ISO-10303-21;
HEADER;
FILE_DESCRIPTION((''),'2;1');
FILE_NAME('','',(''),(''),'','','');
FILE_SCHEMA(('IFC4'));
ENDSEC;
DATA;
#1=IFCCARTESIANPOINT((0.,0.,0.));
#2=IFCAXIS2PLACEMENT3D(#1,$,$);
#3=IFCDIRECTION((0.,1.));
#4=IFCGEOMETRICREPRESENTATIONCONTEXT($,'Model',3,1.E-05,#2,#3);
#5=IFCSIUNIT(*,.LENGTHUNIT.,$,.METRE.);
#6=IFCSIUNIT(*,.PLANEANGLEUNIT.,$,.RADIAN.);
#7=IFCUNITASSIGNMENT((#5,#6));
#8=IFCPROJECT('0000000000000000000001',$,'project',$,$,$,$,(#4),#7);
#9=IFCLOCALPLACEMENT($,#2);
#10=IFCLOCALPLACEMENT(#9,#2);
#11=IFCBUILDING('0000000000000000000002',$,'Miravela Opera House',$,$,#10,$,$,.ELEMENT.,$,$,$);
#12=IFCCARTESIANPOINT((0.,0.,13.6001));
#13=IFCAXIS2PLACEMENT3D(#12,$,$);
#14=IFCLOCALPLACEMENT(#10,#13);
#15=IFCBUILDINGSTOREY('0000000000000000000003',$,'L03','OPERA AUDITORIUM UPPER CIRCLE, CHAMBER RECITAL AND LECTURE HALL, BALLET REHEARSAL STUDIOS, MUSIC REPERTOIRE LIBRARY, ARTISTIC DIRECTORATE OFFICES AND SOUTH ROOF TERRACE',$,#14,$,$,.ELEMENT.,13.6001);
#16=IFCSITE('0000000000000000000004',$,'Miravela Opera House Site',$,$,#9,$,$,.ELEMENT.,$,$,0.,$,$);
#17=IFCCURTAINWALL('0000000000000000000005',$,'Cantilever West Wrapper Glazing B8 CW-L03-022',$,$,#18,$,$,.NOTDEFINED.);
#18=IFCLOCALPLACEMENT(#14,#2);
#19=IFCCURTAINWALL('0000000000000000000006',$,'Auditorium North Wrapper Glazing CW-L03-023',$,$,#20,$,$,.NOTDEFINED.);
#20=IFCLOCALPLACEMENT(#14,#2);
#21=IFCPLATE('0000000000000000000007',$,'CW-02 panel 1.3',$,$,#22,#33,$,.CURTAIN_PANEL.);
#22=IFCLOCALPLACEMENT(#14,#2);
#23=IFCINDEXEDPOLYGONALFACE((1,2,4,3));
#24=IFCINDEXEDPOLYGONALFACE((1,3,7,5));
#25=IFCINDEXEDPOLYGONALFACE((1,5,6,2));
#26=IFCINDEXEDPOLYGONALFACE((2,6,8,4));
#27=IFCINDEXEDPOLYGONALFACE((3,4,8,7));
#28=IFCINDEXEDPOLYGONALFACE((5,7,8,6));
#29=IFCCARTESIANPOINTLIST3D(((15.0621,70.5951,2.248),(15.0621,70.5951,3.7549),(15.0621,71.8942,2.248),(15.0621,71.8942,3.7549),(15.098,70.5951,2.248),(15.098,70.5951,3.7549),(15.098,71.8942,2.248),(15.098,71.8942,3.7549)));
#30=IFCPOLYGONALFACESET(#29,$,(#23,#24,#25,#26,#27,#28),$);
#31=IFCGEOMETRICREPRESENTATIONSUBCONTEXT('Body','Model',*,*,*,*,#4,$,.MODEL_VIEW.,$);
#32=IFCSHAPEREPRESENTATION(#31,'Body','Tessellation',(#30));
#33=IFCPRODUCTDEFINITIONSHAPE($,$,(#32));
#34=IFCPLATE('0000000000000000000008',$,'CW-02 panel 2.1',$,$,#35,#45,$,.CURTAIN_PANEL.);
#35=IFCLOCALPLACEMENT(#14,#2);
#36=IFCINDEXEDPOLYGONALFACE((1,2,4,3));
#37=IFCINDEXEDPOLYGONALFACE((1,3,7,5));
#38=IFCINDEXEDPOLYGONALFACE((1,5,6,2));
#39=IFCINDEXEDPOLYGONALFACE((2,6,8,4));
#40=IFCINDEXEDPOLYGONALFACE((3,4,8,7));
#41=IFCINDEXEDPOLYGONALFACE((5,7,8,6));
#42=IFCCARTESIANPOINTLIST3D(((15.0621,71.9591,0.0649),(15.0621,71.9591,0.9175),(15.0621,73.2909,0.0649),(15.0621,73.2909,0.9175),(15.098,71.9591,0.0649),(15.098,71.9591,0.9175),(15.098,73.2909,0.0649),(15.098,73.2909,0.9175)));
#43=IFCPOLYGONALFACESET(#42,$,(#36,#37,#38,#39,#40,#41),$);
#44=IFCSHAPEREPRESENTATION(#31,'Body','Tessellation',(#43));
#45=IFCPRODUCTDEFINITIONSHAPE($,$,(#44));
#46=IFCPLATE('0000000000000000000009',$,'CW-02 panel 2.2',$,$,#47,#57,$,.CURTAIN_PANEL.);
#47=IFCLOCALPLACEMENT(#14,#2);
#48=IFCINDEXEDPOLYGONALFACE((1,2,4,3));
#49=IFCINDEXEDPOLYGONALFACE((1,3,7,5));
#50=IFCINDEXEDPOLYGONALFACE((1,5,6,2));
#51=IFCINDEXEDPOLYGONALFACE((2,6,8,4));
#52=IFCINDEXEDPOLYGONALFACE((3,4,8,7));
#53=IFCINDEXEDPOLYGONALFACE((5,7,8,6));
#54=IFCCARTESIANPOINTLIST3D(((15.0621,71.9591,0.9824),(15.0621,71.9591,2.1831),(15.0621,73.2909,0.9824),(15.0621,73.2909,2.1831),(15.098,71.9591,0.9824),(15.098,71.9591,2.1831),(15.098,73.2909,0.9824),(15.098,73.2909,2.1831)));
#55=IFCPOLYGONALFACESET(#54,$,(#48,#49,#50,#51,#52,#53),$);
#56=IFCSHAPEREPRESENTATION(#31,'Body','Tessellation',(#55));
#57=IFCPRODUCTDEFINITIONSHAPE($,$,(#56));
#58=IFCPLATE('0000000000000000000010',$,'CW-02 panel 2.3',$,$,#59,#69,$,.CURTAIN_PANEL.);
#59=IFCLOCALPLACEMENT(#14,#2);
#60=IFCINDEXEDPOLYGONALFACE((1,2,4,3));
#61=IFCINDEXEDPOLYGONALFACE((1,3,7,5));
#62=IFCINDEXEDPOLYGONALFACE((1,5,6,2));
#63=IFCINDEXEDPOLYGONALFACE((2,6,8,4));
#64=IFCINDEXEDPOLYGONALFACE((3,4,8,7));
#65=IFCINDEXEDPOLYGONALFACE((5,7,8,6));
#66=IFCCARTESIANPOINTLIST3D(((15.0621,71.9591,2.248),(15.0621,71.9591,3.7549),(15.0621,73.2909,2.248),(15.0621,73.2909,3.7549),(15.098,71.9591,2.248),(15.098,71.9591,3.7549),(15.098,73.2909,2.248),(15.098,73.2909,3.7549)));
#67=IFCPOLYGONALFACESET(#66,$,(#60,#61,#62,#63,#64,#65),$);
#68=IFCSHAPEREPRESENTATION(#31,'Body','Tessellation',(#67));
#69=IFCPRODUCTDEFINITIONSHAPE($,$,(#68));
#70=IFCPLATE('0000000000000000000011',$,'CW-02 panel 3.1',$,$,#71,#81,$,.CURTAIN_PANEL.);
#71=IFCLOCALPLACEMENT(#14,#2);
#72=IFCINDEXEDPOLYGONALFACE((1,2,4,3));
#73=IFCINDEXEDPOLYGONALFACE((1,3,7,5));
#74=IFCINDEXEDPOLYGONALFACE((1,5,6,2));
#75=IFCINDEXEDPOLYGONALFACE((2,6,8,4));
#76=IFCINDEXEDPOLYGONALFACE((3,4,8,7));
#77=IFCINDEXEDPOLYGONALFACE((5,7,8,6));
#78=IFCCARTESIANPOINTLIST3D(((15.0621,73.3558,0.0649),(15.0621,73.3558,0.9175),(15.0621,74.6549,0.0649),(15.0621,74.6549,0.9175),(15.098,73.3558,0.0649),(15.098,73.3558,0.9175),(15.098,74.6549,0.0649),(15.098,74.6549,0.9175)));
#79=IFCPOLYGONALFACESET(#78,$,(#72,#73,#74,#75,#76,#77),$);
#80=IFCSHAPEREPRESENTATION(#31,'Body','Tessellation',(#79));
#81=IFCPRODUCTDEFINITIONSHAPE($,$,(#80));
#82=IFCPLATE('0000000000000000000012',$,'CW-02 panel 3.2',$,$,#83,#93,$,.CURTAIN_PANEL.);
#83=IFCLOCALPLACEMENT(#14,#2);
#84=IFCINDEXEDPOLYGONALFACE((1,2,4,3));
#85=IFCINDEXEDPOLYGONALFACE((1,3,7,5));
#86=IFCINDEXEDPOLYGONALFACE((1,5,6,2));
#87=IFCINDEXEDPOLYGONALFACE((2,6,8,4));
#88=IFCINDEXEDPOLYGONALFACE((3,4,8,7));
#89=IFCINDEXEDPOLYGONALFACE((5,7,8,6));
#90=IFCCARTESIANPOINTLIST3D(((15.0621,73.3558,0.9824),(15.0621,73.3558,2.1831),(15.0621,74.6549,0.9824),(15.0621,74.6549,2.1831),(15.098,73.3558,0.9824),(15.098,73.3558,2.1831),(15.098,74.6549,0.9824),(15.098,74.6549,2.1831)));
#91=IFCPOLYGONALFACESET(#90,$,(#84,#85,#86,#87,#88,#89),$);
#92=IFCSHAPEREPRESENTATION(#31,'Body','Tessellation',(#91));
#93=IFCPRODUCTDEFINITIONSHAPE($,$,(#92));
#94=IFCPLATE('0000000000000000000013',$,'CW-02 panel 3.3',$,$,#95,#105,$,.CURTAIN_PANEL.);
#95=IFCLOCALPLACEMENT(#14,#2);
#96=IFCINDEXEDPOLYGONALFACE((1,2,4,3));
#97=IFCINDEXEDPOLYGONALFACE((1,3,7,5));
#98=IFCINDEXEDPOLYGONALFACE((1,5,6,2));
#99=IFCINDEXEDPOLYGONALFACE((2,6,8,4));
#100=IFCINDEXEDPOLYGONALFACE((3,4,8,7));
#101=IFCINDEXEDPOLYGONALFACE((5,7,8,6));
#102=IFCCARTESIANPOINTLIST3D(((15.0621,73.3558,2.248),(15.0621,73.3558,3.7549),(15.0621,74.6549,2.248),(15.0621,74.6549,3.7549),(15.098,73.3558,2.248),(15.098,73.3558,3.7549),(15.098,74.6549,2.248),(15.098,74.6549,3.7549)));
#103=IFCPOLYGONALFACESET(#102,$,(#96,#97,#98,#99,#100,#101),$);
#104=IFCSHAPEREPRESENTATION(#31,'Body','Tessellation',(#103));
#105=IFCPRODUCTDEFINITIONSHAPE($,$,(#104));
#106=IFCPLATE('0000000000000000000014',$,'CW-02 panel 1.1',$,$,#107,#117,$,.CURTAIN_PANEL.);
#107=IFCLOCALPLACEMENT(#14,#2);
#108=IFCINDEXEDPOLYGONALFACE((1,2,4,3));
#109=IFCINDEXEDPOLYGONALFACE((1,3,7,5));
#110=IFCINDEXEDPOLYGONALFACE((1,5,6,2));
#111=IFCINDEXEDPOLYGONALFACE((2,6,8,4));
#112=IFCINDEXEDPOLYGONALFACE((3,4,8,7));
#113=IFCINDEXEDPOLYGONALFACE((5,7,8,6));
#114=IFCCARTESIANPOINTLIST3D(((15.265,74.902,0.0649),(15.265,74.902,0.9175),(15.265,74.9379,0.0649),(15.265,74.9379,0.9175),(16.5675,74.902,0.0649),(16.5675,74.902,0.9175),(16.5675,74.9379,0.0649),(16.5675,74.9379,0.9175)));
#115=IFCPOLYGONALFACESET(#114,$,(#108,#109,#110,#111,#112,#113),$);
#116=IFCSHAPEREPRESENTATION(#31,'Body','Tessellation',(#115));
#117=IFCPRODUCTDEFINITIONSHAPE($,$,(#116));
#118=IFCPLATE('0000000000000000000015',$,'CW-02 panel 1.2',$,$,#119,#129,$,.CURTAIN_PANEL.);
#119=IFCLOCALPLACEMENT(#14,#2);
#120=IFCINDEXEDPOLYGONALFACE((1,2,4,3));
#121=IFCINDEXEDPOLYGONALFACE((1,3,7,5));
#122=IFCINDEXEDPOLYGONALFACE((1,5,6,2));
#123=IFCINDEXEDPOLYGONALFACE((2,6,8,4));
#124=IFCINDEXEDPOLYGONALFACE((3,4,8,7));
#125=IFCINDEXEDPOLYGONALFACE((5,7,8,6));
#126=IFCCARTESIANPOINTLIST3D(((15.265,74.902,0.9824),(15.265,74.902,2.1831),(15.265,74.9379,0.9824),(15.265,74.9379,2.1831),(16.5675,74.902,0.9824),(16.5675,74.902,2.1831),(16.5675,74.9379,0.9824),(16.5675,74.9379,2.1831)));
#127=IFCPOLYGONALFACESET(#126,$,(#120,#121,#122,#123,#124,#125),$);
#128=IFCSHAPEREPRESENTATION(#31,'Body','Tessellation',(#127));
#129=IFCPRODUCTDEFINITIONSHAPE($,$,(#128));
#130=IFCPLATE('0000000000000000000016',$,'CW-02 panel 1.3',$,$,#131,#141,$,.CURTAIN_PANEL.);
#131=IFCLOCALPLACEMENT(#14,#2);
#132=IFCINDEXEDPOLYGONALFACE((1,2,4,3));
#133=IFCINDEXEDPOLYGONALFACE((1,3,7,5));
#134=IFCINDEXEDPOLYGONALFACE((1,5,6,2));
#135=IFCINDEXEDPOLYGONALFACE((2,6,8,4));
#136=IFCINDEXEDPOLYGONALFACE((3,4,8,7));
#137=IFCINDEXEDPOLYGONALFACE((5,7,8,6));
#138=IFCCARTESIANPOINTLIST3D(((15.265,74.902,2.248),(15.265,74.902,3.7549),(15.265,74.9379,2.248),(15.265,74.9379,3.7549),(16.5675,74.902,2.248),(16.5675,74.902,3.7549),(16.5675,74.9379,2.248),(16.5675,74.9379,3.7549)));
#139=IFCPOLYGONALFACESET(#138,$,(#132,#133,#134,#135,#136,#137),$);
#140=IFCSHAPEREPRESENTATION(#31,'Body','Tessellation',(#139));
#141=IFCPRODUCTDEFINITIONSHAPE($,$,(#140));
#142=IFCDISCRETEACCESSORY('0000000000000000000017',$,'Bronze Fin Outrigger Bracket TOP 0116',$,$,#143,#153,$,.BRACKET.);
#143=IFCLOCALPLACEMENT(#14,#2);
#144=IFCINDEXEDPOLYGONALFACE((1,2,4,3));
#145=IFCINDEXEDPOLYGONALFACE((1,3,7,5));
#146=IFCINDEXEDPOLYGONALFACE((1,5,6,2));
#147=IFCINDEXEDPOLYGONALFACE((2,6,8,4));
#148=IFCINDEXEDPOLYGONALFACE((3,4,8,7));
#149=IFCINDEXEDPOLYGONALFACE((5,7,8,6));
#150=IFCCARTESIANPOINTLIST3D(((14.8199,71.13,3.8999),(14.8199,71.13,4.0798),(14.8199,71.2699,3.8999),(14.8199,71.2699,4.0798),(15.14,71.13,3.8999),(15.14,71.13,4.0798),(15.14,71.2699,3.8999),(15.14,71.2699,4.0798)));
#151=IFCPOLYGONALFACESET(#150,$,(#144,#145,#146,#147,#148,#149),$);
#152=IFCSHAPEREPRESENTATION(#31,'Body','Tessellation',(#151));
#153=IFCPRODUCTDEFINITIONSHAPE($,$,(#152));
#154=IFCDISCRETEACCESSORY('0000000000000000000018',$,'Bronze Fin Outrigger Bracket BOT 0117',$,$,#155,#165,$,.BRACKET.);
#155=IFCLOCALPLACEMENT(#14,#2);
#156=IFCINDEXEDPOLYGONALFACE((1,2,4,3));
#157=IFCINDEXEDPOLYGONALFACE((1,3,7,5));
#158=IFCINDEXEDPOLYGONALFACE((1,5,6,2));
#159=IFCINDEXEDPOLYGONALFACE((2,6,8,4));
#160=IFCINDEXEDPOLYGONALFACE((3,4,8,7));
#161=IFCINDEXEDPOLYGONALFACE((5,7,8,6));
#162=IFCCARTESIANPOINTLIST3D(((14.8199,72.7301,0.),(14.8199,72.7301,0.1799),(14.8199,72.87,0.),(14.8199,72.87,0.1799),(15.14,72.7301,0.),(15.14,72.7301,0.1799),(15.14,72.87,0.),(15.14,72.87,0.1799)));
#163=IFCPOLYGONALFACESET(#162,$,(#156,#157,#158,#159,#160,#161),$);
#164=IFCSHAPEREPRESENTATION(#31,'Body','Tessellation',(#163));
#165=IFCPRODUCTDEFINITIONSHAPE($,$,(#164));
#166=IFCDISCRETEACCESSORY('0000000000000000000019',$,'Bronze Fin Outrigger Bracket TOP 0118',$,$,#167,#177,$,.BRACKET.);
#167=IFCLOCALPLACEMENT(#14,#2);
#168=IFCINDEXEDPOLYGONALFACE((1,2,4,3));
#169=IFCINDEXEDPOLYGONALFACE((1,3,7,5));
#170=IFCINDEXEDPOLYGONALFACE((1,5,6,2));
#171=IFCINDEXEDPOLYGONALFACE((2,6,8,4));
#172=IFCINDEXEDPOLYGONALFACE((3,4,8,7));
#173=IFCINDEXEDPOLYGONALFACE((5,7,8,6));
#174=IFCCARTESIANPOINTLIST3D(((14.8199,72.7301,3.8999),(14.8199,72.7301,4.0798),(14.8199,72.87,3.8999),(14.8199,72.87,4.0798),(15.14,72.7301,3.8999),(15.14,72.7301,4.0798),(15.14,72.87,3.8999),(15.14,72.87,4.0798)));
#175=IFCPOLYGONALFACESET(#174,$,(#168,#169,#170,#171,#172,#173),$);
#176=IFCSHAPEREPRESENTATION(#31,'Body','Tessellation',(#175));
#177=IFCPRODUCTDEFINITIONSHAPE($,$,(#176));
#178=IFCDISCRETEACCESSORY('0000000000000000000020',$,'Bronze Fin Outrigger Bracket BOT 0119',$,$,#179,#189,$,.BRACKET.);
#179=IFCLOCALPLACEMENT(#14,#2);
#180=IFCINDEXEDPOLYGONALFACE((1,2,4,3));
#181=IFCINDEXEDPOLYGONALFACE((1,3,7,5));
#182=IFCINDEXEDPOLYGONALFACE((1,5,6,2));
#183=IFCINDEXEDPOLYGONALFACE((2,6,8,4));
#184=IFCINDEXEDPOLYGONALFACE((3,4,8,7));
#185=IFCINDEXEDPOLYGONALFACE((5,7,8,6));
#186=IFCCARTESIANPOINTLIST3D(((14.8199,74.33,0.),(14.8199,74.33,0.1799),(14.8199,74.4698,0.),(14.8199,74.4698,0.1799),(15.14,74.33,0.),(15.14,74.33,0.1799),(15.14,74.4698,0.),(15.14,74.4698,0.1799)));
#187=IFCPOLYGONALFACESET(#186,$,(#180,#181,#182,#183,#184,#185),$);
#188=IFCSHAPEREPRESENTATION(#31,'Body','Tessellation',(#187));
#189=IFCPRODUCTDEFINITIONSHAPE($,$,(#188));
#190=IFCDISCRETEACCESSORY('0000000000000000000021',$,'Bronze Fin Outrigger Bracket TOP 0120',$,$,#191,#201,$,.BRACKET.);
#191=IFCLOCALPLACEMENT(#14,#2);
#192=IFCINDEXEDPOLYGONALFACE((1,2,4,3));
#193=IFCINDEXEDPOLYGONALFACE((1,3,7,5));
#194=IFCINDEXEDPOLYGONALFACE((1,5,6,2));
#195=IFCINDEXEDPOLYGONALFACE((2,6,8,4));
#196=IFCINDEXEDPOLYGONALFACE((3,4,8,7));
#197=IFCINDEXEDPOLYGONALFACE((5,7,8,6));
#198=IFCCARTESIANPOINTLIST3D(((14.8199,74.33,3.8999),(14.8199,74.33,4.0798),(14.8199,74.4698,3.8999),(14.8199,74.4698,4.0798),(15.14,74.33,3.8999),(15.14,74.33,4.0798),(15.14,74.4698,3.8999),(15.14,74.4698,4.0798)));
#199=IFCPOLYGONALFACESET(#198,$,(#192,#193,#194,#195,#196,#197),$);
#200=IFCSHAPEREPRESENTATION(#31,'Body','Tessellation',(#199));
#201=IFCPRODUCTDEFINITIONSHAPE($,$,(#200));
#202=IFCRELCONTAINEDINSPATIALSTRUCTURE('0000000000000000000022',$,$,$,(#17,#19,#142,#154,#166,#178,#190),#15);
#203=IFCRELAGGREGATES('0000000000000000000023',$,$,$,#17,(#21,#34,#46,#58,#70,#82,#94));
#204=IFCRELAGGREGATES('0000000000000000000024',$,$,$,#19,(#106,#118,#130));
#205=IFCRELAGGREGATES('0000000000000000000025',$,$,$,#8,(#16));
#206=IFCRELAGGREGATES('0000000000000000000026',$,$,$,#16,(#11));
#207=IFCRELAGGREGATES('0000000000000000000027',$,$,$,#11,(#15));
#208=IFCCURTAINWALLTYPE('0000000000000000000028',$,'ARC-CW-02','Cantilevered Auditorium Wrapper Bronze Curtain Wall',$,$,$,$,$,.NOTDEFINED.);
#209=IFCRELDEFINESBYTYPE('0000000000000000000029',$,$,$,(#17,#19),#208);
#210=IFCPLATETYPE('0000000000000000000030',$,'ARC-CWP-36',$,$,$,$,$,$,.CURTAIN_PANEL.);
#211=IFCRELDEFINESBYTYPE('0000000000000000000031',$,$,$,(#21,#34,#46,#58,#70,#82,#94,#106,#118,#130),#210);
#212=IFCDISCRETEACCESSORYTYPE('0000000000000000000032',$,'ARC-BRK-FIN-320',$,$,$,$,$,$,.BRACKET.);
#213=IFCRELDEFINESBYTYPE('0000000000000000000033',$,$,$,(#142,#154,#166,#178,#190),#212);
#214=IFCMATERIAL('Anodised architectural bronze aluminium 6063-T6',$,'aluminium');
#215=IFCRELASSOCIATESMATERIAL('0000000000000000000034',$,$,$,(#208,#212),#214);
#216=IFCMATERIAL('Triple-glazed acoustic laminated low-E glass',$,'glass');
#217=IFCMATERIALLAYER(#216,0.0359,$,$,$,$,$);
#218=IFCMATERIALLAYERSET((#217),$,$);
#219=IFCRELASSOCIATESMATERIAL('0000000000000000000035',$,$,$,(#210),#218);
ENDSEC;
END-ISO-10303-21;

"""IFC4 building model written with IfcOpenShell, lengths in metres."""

from ifc_helpers import new_model, si_unit, direction, frame, origin, origin_2d, place, context, subcontext, project, spatial, rectangle, extrude, material, layer, layer_set, type_object, element, aggregate, save


model = new_model("IFC4")

# Units and contexts
model_context = context("Model", 3, precision=1e-05, world=origin(), true_north=direction((0.0, 1.0)))
body_context = subcontext(model_context, "Body", "Model", "MODEL_VIEW")
ifc_project = project(units=[si_unit("LENGTHUNIT", "METRE"), si_unit("PLANEANGLEUNIT", "RADIAN")], contexts=[model_context])

# Site, building, storey
site_placement = place(None, origin())
site = spatial("IfcSite", under=ifc_project, at=site_placement, Name="Miravela Opera House Site", CompositionType="ELEMENT", RefElevation=0.0)
building_placement = place(site_placement, origin())
building = spatial("IfcBuilding", under=site, at=building_placement, Name="Miravela Opera House", CompositionType="ELEMENT")
storey_placement = place(building_placement, frame((0.0, 0.0, 13.6001)))
storey = spatial("IfcBuildingStorey", under=building, at=storey_placement, Name="L03", Description="OPERA AUDITORIUM UPPER CIRCLE, CHAMBER RECITAL AND LECTURE HALL, BALLET REHEARSAL STUDIOS, MUSIC REPERTOIRE LIBRARY, ARTISTIC DIRECTORATE OFFICES AND SOUTH ROOF TERRACE", CompositionType="ELEMENT", Elevation=13.6001)

# Curtain walls
ifc_material_1 = material(Name="Anodised architectural bronze aluminium 6063-T6", Category="aluminium")
curtain_wall_type = type_object("IfcCurtainWallType", Name="ARC-CW-02", Description="Cantilevered Auditorium Wrapper Bronze Curtain Wall", PredefinedType="NOTDEFINED", material=ifc_material_1)
curtain_wall_1_placement = place(storey_placement, origin())
curtain_wall_1 = element("IfcCurtainWall", 1, at=curtain_wall_1_placement, inside=storey, type_object=curtain_wall_type, Name="Cantilever West Wrapper Glazing B8 CW-L03-022", PredefinedType="NOTDEFINED")
curtain_wall_2_placement = place(storey_placement, origin())
curtain_wall_2 = element("IfcCurtainWall", 2, at=curtain_wall_2_placement, inside=storey, type_object=curtain_wall_type, Name="Auditorium North Wrapper Glazing CW-L03-023", PredefinedType="NOTDEFINED")

# Plates
ifc_material_2 = material(Name="Triple-glazed acoustic laminated low-E glass", Category="glass")
ifc_layer = layer(ifc_material_2, 0.0359)
ifc_layer_set = layer_set([ifc_layer])
plate_type = type_object("IfcPlateType", Name="ARC-CWP-36", PredefinedType="CURTAIN_PANEL", material=ifc_layer_set)
plate_1_placement = place(storey_placement, frame((15.0801, 71.2446, 2.248), z_axis=(0.0, 0.0, 1.0), x_axis=(0.0, 1.0, 0.0)))
plate_1 = element("IfcPlate", 3, at=plate_1_placement, type_object=plate_type, Name="CW-02 panel 1.3", PredefinedType="CURTAIN_PANEL", context=body_context, shape_type="SweptSolid", body=[
    extrude(rectangle(XDim=1.2991, YDim=0.0359, at=origin_2d()), origin(), (0.0, 0.0, 1.0), 1.5068),
])
plate_2_placement = place(storey_placement, frame((15.0801, 72.625, 0.0649), z_axis=(0.0, 0.0, 1.0), x_axis=(0.0, 1.0, 0.0)))
plate_2 = element("IfcPlate", 4, at=plate_2_placement, type_object=plate_type, Name="CW-02 panel 2.1", PredefinedType="CURTAIN_PANEL", context=body_context, shape_type="SweptSolid", body=[
    extrude(rectangle(XDim=1.3318, YDim=0.0359, at=origin_2d()), origin(), (0.0, 0.0, 1.0), 0.8525),
])
plate_3_placement = place(storey_placement, frame((15.0801, 72.625, 0.9824), z_axis=(0.0, 0.0, 1.0), x_axis=(0.0, 1.0, 0.0)))
plate_3 = element("IfcPlate", 5, at=plate_3_placement, type_object=plate_type, Name="CW-02 panel 2.2", PredefinedType="CURTAIN_PANEL", context=body_context, shape_type="SweptSolid", body=[
    extrude(rectangle(XDim=1.3318, YDim=0.0359, at=origin_2d()), origin(), (0.0, 0.0, 1.0), 1.2007),
])
plate_4_placement = place(storey_placement, frame((15.0801, 72.625, 2.248), z_axis=(0.0, 0.0, 1.0), x_axis=(0.0, 1.0, 0.0)))
plate_4 = element("IfcPlate", 6, at=plate_4_placement, type_object=plate_type, Name="CW-02 panel 2.3", PredefinedType="CURTAIN_PANEL", context=body_context, shape_type="SweptSolid", body=[
    extrude(rectangle(XDim=1.3318, YDim=0.0359, at=origin_2d()), origin(), (0.0, 0.0, 1.0), 1.5068),
])
plate_5_placement = place(storey_placement, frame((15.0801, 74.0054, 0.0649), z_axis=(0.0, 0.0, 1.0), x_axis=(0.0, 1.0, 0.0)))
plate_5 = element("IfcPlate", 7, at=plate_5_placement, type_object=plate_type, Name="CW-02 panel 3.1", PredefinedType="CURTAIN_PANEL", context=body_context, shape_type="SweptSolid", body=[
    extrude(rectangle(XDim=1.2991, YDim=0.0359, at=origin_2d()), origin(), (0.0, 0.0, 1.0), 0.8525),
])
plate_6_placement = place(storey_placement, frame((15.0801, 74.0054, 0.9824), z_axis=(0.0, 0.0, 1.0), x_axis=(0.0, 1.0, 0.0)))
plate_6 = element("IfcPlate", 8, at=plate_6_placement, type_object=plate_type, Name="CW-02 panel 3.2", PredefinedType="CURTAIN_PANEL", context=body_context, shape_type="SweptSolid", body=[
    extrude(rectangle(XDim=1.2991, YDim=0.0359, at=origin_2d()), origin(), (0.0, 0.0, 1.0), 1.2007),
])
plate_7_placement = place(storey_placement, frame((15.0801, 74.0054, 2.248), z_axis=(0.0, 0.0, 1.0), x_axis=(0.0, 1.0, 0.0)))
plate_7 = element("IfcPlate", 9, at=plate_7_placement, type_object=plate_type, Name="CW-02 panel 3.3", PredefinedType="CURTAIN_PANEL", context=body_context, shape_type="SweptSolid", body=[
    extrude(rectangle(XDim=1.2991, YDim=0.0359, at=origin_2d()), origin(), (0.0, 0.0, 1.0), 1.5068),
])
aggregate(curtain_wall_1, [plate_1, plate_2, plate_3, plate_4, plate_5, plate_6, plate_7])
plate_8_placement = place(storey_placement, frame((15.9163, 74.9199, 0.0649), z_axis=(0.0, 0.0, 1.0), x_axis=(1.0, 0.0, 0.0)))
plate_8 = element("IfcPlate", 10, at=plate_8_placement, type_object=plate_type, Name="CW-02 panel 1.1", PredefinedType="CURTAIN_PANEL", context=body_context, shape_type="SweptSolid", body=[
    extrude(rectangle(XDim=1.3025, YDim=0.0359, at=origin_2d()), origin(), (0.0, 0.0, 1.0), 0.8525),
])
plate_9_placement = place(storey_placement, frame((15.9163, 74.9199, 0.9824), z_axis=(0.0, 0.0, 1.0), x_axis=(1.0, 0.0, 0.0)))
plate_9 = element("IfcPlate", 11, at=plate_9_placement, type_object=plate_type, Name="CW-02 panel 1.2", PredefinedType="CURTAIN_PANEL", context=body_context, shape_type="SweptSolid", body=[
    extrude(rectangle(XDim=1.3025, YDim=0.0359, at=origin_2d()), origin(), (0.0, 0.0, 1.0), 1.2007),
])
plate_10_placement = place(storey_placement, frame((15.9163, 74.9199, 2.248), z_axis=(0.0, 0.0, 1.0), x_axis=(1.0, 0.0, 0.0)))
plate_10 = element("IfcPlate", 12, at=plate_10_placement, type_object=plate_type, Name="CW-02 panel 1.3", PredefinedType="CURTAIN_PANEL", context=body_context, shape_type="SweptSolid", body=[
    extrude(rectangle(XDim=1.3025, YDim=0.0359, at=origin_2d()), origin(), (0.0, 0.0, 1.0), 1.5068),
])
aggregate(curtain_wall_2, [plate_8, plate_9, plate_10])

# Discrete accessories
discrete_accessory_type = type_object("IfcDiscreteAccessoryType", Name="ARC-BRK-FIN-320", PredefinedType="BRACKET", material=ifc_material_1)
for number, where, z_axis, x_axis, name in (
    (13, (14.98, 71.2, 3.8999), (0.0, 0.0, 1.0), (1.0, 0.0, 0.0), "Bronze Fin Outrigger Bracket TOP 0116"),
    (14, (14.98, 72.8, 0.0), (0.0, 0.0, 1.0), (1.0, 0.0, 0.0), "Bronze Fin Outrigger Bracket BOT 0117"),
    (15, (14.98, 72.8, 3.8999), (0.0, 0.0, 1.0), (1.0, 0.0, 0.0), "Bronze Fin Outrigger Bracket TOP 0118"),
    (16, (14.98, 74.3999, 0.0), (0.0, 0.0, 1.0), (1.0, 0.0, 0.0), "Bronze Fin Outrigger Bracket BOT 0119"),
    (17, (14.98, 74.3999, 3.8999), (0.0, 0.0, 1.0), (1.0, 0.0, 0.0), "Bronze Fin Outrigger Bracket TOP 0120"),
):
    element("IfcDiscreteAccessory", number, at=place(storey_placement, frame(where, z_axis=z_axis, x_axis=x_axis)), inside=storey, type_object=discrete_accessory_type, Name=name, PredefinedType="BRACKET", context=body_context, shape_type="SweptSolid", body=[
        extrude(rectangle(XDim=0.3201, YDim=0.1399, at=origin_2d()), origin(), (0.0, 0.0, 1.0), 0.1799),
    ])

save(model, "model.ifc")
